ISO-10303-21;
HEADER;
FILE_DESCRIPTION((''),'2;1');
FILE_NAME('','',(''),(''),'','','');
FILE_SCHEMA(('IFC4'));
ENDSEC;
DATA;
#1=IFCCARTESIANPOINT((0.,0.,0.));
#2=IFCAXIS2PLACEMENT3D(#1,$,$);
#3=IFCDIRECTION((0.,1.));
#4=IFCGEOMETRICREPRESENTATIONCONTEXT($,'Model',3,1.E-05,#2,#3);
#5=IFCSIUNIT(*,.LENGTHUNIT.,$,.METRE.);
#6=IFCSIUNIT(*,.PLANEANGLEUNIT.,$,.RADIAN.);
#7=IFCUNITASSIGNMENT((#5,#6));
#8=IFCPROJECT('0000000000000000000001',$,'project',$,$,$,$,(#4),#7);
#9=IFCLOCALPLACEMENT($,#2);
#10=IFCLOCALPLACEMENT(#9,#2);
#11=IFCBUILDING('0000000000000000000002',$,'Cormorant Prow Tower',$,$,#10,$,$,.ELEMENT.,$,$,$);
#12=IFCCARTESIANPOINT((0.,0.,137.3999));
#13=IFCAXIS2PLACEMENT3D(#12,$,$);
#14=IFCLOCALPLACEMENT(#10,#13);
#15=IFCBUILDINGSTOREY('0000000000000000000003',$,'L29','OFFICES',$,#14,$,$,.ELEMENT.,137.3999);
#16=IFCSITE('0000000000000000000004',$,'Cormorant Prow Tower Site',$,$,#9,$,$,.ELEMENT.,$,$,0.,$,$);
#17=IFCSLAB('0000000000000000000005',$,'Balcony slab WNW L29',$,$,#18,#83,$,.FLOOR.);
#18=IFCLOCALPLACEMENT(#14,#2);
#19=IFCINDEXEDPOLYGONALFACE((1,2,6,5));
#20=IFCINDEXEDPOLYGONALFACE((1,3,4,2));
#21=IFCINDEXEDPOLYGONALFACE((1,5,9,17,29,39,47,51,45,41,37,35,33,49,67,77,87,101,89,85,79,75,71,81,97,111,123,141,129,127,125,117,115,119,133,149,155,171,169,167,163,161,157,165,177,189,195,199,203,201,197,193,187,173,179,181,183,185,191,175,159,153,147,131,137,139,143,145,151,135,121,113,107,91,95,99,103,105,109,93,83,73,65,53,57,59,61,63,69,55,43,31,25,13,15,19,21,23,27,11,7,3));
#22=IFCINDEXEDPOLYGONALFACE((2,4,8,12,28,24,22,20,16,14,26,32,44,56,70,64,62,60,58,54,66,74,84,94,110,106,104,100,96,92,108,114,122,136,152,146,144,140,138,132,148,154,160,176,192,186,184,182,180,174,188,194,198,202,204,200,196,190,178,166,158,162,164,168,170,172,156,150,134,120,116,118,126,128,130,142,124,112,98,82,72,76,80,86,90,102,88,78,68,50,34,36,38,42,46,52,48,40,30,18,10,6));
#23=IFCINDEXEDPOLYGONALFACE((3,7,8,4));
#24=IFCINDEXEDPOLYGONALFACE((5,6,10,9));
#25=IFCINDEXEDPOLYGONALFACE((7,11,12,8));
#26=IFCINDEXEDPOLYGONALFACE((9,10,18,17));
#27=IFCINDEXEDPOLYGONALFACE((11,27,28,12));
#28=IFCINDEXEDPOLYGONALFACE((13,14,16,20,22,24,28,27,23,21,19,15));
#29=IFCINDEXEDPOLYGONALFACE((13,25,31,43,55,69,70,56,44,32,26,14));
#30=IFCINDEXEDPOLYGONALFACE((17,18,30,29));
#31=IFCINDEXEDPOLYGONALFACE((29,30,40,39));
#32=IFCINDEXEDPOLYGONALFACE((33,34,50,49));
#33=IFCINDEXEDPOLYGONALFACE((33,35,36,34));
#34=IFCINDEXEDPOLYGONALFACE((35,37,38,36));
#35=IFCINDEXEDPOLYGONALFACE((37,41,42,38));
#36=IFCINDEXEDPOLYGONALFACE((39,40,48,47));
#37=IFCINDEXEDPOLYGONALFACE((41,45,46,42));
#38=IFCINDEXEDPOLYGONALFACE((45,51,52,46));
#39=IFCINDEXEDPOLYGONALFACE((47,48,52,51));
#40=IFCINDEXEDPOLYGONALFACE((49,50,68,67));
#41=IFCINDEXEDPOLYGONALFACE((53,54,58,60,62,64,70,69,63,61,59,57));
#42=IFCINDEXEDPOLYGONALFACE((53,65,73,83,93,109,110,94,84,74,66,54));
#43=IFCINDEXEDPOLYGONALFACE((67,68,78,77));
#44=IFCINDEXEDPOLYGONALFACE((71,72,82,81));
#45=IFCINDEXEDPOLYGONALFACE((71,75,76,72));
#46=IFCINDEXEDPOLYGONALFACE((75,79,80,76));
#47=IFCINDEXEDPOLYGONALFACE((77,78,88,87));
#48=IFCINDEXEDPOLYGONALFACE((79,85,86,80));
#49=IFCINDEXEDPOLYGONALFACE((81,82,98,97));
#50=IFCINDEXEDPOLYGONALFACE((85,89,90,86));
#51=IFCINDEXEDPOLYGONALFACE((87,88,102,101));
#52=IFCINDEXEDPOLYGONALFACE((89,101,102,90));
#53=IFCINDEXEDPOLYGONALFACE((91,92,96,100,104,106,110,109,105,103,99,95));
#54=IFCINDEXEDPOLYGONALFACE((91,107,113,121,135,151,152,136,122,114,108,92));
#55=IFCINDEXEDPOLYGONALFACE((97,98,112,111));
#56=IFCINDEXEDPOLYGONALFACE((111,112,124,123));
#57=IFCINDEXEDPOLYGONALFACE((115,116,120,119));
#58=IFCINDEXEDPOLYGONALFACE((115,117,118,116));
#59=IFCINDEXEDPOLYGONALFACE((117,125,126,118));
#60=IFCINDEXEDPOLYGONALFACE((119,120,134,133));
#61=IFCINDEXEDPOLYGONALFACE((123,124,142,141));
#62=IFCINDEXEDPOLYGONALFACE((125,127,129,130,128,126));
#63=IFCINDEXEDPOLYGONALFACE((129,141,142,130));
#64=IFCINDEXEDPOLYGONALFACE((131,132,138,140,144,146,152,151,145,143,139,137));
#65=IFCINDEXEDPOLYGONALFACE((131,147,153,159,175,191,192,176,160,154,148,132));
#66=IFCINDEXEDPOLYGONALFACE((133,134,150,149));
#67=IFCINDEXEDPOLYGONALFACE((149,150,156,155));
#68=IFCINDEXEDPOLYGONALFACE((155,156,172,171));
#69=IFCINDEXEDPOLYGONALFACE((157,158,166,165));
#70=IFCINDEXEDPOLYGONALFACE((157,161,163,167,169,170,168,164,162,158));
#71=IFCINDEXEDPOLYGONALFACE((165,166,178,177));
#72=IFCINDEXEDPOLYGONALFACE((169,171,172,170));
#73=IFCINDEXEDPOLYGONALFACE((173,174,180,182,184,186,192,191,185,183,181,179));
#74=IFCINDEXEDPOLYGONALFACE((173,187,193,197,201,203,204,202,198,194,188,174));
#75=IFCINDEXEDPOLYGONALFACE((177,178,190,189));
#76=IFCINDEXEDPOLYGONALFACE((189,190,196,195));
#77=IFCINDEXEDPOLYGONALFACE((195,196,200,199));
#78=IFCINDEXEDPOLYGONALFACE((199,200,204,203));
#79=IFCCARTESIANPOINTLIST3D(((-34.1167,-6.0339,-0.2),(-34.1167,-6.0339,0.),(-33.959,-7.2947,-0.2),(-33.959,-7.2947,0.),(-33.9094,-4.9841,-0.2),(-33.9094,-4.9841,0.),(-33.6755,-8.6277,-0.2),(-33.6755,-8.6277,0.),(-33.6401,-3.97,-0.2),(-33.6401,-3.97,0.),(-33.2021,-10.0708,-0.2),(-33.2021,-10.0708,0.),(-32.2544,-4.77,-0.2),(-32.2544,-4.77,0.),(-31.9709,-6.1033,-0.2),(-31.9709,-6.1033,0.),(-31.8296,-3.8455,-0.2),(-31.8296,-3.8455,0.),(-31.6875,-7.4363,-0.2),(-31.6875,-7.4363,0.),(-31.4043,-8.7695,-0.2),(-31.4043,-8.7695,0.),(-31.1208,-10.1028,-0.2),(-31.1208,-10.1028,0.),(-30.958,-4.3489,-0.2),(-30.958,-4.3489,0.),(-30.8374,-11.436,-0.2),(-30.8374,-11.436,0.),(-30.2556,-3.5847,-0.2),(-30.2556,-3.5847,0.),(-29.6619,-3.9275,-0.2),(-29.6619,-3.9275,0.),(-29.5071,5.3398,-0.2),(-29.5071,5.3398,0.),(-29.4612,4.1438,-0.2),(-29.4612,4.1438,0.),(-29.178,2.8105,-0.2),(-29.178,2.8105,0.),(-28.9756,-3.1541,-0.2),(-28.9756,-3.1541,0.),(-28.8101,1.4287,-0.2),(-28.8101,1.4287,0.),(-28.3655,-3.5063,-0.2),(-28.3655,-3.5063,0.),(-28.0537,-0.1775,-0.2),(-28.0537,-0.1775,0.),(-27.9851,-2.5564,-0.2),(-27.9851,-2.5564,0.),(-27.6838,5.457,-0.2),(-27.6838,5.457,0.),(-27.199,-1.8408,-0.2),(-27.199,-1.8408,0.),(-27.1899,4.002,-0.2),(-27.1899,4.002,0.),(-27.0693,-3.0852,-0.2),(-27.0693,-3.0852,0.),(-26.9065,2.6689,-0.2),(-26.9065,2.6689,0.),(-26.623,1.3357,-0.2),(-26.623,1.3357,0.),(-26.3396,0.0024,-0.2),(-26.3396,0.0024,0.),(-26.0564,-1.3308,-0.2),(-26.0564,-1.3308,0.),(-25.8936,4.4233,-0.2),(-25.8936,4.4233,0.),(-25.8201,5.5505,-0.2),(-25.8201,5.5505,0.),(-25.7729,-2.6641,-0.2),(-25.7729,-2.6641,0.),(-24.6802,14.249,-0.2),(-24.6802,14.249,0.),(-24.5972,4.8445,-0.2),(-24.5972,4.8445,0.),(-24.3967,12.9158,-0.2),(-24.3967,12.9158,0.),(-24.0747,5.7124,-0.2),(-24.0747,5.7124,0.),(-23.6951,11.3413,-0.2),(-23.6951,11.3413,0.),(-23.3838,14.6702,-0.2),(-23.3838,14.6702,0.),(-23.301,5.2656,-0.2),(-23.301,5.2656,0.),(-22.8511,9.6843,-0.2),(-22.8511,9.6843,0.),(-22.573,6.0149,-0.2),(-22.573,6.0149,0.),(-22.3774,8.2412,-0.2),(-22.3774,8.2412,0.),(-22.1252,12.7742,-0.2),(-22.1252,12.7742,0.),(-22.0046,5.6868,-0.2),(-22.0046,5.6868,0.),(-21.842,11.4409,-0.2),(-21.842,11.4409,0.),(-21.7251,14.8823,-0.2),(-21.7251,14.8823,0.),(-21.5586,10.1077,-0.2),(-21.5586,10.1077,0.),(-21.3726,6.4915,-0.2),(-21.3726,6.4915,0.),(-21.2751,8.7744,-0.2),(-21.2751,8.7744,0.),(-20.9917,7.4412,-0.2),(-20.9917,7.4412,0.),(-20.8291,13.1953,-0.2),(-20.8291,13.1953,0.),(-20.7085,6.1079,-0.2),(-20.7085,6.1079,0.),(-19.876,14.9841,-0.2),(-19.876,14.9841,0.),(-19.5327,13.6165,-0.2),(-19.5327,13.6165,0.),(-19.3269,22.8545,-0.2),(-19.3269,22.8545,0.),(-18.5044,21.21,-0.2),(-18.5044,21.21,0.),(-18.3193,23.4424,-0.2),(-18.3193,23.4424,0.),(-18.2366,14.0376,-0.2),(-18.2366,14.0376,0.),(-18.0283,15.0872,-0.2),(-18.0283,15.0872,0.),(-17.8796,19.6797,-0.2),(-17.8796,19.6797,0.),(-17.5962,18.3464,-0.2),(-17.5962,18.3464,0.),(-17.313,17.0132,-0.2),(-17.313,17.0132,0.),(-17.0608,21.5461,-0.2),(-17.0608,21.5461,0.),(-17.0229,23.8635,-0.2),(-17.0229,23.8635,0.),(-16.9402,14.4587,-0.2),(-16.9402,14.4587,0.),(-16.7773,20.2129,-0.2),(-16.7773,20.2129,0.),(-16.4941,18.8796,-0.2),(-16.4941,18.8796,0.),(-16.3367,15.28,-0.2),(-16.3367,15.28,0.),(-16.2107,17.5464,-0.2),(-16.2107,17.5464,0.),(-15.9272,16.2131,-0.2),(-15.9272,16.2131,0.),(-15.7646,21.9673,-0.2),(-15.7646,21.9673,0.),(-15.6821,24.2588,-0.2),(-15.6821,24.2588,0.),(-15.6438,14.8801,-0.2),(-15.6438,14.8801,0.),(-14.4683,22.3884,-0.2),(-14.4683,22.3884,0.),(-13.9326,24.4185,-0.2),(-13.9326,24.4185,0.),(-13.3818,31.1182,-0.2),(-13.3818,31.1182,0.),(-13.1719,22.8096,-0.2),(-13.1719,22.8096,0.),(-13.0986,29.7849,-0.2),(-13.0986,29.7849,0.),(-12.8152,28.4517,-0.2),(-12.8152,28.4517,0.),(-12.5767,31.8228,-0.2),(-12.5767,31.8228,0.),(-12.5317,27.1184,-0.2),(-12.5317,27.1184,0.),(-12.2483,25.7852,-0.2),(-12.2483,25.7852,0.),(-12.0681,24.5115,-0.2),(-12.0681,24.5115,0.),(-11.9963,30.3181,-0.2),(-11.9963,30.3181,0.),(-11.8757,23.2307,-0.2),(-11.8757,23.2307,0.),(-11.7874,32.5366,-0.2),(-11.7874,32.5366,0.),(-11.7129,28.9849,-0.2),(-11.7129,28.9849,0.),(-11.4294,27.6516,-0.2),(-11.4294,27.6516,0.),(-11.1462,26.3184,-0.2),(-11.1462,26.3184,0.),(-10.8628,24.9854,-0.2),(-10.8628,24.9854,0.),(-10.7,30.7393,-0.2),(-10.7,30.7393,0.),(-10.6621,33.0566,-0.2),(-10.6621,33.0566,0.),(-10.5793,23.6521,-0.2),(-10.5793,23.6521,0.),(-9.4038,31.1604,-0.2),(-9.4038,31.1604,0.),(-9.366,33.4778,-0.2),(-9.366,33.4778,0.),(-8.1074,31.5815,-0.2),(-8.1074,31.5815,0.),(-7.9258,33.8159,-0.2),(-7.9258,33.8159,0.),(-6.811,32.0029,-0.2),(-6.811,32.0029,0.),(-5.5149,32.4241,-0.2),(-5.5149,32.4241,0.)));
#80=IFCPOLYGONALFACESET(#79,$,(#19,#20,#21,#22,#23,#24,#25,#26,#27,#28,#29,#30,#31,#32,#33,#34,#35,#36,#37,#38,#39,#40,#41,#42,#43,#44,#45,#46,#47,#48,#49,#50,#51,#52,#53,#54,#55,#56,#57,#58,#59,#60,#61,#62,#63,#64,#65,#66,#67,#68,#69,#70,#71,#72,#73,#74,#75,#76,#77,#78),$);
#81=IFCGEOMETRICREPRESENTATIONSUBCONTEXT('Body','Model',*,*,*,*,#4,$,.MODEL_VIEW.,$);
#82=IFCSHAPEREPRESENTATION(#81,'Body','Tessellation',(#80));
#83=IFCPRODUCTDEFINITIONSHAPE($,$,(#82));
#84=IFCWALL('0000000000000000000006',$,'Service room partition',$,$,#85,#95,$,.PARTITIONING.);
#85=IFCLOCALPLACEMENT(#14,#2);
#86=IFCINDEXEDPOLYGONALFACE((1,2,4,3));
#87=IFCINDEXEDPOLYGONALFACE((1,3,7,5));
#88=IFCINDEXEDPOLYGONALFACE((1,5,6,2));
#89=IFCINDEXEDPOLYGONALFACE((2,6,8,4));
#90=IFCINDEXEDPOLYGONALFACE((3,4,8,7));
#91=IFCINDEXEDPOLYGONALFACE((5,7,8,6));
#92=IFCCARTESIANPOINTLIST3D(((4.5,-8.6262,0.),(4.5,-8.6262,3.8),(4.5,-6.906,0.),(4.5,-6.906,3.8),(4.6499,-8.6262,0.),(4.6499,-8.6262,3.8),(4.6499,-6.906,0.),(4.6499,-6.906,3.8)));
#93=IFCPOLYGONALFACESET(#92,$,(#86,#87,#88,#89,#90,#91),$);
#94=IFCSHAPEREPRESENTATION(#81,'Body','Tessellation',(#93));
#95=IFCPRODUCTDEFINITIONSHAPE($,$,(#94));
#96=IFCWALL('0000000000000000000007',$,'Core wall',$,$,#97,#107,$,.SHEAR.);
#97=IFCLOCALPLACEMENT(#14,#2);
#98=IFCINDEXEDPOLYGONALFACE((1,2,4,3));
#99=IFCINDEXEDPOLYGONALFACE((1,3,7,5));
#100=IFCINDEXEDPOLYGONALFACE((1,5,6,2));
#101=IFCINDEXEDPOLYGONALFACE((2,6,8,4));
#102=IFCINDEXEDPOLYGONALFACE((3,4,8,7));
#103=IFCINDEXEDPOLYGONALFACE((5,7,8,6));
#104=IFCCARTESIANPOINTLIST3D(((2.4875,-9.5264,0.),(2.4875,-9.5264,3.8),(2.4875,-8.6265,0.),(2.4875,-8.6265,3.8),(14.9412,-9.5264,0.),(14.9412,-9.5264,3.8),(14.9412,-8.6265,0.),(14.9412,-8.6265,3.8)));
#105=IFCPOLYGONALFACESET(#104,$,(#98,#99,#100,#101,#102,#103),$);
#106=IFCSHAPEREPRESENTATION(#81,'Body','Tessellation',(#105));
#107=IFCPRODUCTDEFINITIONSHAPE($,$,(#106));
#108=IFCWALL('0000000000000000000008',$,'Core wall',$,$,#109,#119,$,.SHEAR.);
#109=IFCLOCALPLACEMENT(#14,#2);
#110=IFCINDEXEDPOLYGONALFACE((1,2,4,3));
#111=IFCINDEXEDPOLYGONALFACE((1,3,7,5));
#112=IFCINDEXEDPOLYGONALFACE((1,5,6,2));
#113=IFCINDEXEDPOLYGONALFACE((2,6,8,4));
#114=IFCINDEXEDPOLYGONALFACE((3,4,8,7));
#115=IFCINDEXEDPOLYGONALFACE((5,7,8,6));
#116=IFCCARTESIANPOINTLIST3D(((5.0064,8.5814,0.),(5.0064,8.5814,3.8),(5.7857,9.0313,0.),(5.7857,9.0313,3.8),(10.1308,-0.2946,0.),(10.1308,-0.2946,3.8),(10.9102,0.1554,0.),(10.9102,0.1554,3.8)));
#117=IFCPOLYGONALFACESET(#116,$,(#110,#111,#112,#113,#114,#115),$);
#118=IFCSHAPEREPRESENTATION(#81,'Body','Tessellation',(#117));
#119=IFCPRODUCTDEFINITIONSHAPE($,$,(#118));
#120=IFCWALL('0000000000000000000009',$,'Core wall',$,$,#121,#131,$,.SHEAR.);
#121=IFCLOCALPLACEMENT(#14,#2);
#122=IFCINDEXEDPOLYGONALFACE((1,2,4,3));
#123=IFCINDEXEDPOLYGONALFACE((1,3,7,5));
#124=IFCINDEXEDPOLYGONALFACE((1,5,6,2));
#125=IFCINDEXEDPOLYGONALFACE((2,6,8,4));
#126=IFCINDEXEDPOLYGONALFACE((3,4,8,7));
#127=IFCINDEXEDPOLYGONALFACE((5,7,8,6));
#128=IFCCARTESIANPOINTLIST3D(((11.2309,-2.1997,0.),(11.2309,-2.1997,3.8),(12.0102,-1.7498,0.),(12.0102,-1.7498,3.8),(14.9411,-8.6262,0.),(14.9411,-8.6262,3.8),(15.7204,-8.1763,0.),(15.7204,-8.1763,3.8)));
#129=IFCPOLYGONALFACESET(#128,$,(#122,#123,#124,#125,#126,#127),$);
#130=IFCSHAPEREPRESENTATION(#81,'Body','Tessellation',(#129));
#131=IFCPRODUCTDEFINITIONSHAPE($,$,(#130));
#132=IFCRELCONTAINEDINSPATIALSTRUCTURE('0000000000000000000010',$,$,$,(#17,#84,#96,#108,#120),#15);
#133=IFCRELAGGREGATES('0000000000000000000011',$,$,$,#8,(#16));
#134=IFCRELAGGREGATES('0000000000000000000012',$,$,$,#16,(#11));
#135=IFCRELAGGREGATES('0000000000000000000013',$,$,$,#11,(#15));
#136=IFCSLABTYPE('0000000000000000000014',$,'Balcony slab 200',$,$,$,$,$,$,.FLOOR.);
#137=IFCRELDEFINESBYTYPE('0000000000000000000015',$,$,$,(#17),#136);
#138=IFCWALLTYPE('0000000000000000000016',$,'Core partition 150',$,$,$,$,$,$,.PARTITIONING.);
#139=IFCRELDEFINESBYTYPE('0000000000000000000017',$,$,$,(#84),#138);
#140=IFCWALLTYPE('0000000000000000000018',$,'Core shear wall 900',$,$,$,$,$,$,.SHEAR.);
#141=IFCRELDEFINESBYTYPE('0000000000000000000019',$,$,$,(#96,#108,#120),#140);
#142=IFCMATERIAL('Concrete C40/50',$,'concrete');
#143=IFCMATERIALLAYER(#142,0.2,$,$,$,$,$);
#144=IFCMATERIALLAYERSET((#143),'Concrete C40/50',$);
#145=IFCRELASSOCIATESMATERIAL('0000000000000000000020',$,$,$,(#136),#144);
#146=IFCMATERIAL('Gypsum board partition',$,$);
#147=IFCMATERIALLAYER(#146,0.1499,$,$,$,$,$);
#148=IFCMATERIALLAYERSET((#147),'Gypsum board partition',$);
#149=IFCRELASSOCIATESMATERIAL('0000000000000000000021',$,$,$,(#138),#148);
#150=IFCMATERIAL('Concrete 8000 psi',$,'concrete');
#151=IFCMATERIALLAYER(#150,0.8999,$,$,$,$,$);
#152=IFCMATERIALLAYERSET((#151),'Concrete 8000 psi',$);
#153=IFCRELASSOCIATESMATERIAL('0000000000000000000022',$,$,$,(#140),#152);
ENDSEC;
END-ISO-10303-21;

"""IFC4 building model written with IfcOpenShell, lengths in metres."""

from ifc_helpers import new_model, si_unit, direction, frame, frame_2d, origin, place, context, subcontext, project, spatial, polyline, rectangle, outline, extrude, material, layer, layer_set, type_object, element, save


model = new_model("IFC4")

# Units and contexts
model_context = context("Model", 3, precision=1e-05, world=origin(), true_north=direction((0.0, 1.0)))
body_context = subcontext(model_context, "Body", "Model", "MODEL_VIEW")
ifc_project = project(units=[si_unit("LENGTHUNIT", "METRE"), si_unit("PLANEANGLEUNIT", "RADIAN")], contexts=[model_context])

# Site, building, storey
site_placement = place(None, origin())
site = spatial("IfcSite", under=ifc_project, at=site_placement, Name="Cormorant Prow Tower Site", CompositionType="ELEMENT", RefElevation=0.0)
building_placement = place(site_placement, origin())
building = spatial("IfcBuilding", under=site, at=building_placement, Name="Cormorant Prow Tower", CompositionType="ELEMENT")
storey_placement = place(building_placement, frame((0.0, 0.0, 137.3999)))
storey = spatial("IfcBuildingStorey", under=building, at=storey_placement, Name="L29", Description="OFFICES", CompositionType="ELEMENT", Elevation=137.3999)

# Slab
ifc_material_1 = material(Name="Concrete C40/50", Category="concrete")
ifc_layer_1 = layer(ifc_material_1, 0.2)
ifc_layer_set_1 = layer_set([ifc_layer_1], Name="Concrete C40/50")
slab_type = type_object("IfcSlabType", Name="Balcony slab 200", PredefinedType="FLOOR", material=ifc_layer_set_1)
slab_1_placement = place(storey_placement, frame((0.0, 0.0, -0.2)))
element("IfcSlab", 1, at=slab_1_placement, inside=storey, type_object=slab_type, Name="Balcony slab WNW L29", PredefinedType="FLOOR", context=body_context, shape_type="SweptSolid", body=[
    extrude(outline(polyline([(-5.5149, 32.4241), (-7.9258, 33.8159), (-9.366, 33.4778), (-10.6621, 33.0566), (-11.7874, 32.5366), (-12.5767, 31.8228), (-13.3818, 31.1182), (-13.0986, 29.7849), (-12.8152, 28.4517), (-12.5317, 27.1184), (-12.2483, 25.7852), (-12.0681, 24.5115), (-13.9326, 24.4185), (-15.6821, 24.2588), (-17.0229, 23.8635), (-18.3193, 23.4424), (-19.3269, 22.8545), (-18.5044, 21.21), (-17.8796, 19.6797), (-17.5962, 18.3464), (-17.313, 17.0132), (-16.3367, 15.28), (-18.0283, 15.0872), (-19.876, 14.9841), (-21.7251, 14.8823), (-23.3838, 14.6702), (-24.6802, 14.249), (-24.3967, 12.9158), (-23.6951, 11.3413), (-22.8511, 9.6843), (-22.3774, 8.2412), (-21.3726, 6.4915), (-22.573, 6.0149), (-24.0747, 5.7124), (-25.8201, 5.5505), (-27.6838, 5.457), (-29.5071, 5.3398), (-29.4612, 4.1438), (-29.178, 2.8105), (-28.8101, 1.4287), (-28.0537, -0.1775), (-27.199, -1.8408), (-27.9851, -2.5564), (-28.9756, -3.1541), (-30.2556, -3.5847), (-31.8296, -3.8455), (-33.6401, -3.97), (-33.9094, -4.9841), (-34.1167, -6.0339), (-33.959, -7.2947), (-33.6755, -8.6277), (-33.2021, -10.0708), (-30.8374, -11.436), (-31.1208, -10.1028), (-31.4043, -8.7695), (-31.6875, -7.4363), (-31.9709, -6.1033), (-32.2544, -4.77), (-30.958, -4.3489), (-29.6619, -3.9275), (-28.3655, -3.5063), (-27.0693, -3.0852), (-25.7729, -2.6641), (-26.0564, -1.3308), (-26.3396, 0.0024), (-26.623, 1.3357), (-26.9065, 2.6689), (-27.1899, 4.002), (-25.8936, 4.4233), (-24.5972, 4.8445), (-23.301, 5.2656), (-22.0046, 5.6868), (-20.7085, 6.1079), (-20.9917, 7.4412), (-21.2751, 8.7744), (-21.5586, 10.1077), (-21.842, 11.4409), (-22.1252, 12.7742), (-20.8291, 13.1953), (-19.5327, 13.6165), (-18.2366, 14.0376), (-16.9402, 14.4587), (-15.6438, 14.8801), (-15.9272, 16.2131), (-16.2107, 17.5464), (-16.4941, 18.8796), (-16.7773, 20.2129), (-17.0608, 21.5461), (-15.7646, 21.9673), (-14.4683, 22.3884), (-13.1719, 22.8096), (-11.8757, 23.2307), (-10.5793, 23.6521), (-10.8628, 24.9854), (-11.1462, 26.3184), (-11.4294, 27.6516), (-11.7129, 28.9849), (-11.9963, 30.3181), (-10.7, 30.7393), (-9.4038, 31.1604), (-8.1074, 31.5815), (-6.811, 32.0029), (-5.5149, 32.4241)])), origin(), (0.0, 0.0, 1.0), 0.2),
])

# Walls
ifc_material_2 = material(Name="Gypsum board partition")
ifc_layer_2 = layer(ifc_material_2, 0.1499)
ifc_layer_set_2 = layer_set([ifc_layer_2], Name="Gypsum board partition")
wall_type_1 = type_object("IfcWallType", Name="Core partition 150", PredefinedType="PARTITIONING", material=ifc_layer_set_2)
wall_1_placement = place(storey_placement, frame((4.575, -6.906, 0.0), z_axis=(0.0, 0.0, 1.0), x_axis=(0.0, -1.0, 0.0)))
element("IfcWall", 2, at=wall_1_placement, inside=storey, type_object=wall_type_1, Name="Service room partition", PredefinedType="PARTITIONING", context=body_context, shape_type="SweptSolid", body=[
    extrude(rectangle(XDim=1.7202, YDim=0.1499, at=frame_2d((0.8601, 0.0))), origin(), (0.0, 0.0, 1.0), 3.8),
])
ifc_material_3 = material(Name="Concrete 8000 psi", Category="concrete")
ifc_layer_3 = layer(ifc_material_3, 0.8999)
ifc_layer_set_3 = layer_set([ifc_layer_3], Name="Concrete 8000 psi")
wall_type_2 = type_object("IfcWallType", Name="Core shear wall 900", PredefinedType="SHEAR", material=ifc_layer_set_3)
wall_2_placement = place(storey_placement, frame((2.4875, -9.0764, 0.0), z_axis=(0.0, 0.0, 1.0), x_axis=(1.0, 0.0, 0.0)))
element("IfcWall", 3, at=wall_2_placement, inside=storey, type_object=wall_type_2, Name="Core wall", PredefinedType="SHEAR", context=body_context, shape_type="SweptSolid", body=[
    extrude(rectangle(XDim=12.4536, YDim=0.8999, at=frame_2d((6.2268, 0.0))), origin(), (0.0, 0.0, 1.0), 3.8),
])
wall_3_placement = place(storey_placement, frame((10.5205, -0.0696, 0.0), z_axis=(0.0, 0.0, 1.0), x_axis=(-0.499997, 0.866027, 0.0)))
element("IfcWall", 4, at=wall_3_placement, inside=storey, type_object=wall_type_2, Name="Core wall", PredefinedType="SHEAR", context=body_context, shape_type="SweptSolid", body=[
    extrude(rectangle(XDim=10.249, YDim=0.8999, at=frame_2d((5.1245, 0.0))), origin(), (0.0, 0.0, 1.0), 3.8),
])
wall_4_placement = place(storey_placement, frame((15.3308, -8.4014, 0.0), z_axis=(0.0, 0.0, 1.0), x_axis=(-0.499985, 0.866034, 0.0)))
element("IfcWall", 5, at=wall_4_placement, inside=storey, type_object=wall_type_2, Name="Core wall", PredefinedType="SHEAR", context=body_context, shape_type="SweptSolid", body=[
    extrude(rectangle(XDim=7.4207, YDim=0.8999, at=frame_2d((3.7104, 0.0))), origin(), (0.0, 0.0, 1.0), 3.8),
])

save(model, "model.ifc")
